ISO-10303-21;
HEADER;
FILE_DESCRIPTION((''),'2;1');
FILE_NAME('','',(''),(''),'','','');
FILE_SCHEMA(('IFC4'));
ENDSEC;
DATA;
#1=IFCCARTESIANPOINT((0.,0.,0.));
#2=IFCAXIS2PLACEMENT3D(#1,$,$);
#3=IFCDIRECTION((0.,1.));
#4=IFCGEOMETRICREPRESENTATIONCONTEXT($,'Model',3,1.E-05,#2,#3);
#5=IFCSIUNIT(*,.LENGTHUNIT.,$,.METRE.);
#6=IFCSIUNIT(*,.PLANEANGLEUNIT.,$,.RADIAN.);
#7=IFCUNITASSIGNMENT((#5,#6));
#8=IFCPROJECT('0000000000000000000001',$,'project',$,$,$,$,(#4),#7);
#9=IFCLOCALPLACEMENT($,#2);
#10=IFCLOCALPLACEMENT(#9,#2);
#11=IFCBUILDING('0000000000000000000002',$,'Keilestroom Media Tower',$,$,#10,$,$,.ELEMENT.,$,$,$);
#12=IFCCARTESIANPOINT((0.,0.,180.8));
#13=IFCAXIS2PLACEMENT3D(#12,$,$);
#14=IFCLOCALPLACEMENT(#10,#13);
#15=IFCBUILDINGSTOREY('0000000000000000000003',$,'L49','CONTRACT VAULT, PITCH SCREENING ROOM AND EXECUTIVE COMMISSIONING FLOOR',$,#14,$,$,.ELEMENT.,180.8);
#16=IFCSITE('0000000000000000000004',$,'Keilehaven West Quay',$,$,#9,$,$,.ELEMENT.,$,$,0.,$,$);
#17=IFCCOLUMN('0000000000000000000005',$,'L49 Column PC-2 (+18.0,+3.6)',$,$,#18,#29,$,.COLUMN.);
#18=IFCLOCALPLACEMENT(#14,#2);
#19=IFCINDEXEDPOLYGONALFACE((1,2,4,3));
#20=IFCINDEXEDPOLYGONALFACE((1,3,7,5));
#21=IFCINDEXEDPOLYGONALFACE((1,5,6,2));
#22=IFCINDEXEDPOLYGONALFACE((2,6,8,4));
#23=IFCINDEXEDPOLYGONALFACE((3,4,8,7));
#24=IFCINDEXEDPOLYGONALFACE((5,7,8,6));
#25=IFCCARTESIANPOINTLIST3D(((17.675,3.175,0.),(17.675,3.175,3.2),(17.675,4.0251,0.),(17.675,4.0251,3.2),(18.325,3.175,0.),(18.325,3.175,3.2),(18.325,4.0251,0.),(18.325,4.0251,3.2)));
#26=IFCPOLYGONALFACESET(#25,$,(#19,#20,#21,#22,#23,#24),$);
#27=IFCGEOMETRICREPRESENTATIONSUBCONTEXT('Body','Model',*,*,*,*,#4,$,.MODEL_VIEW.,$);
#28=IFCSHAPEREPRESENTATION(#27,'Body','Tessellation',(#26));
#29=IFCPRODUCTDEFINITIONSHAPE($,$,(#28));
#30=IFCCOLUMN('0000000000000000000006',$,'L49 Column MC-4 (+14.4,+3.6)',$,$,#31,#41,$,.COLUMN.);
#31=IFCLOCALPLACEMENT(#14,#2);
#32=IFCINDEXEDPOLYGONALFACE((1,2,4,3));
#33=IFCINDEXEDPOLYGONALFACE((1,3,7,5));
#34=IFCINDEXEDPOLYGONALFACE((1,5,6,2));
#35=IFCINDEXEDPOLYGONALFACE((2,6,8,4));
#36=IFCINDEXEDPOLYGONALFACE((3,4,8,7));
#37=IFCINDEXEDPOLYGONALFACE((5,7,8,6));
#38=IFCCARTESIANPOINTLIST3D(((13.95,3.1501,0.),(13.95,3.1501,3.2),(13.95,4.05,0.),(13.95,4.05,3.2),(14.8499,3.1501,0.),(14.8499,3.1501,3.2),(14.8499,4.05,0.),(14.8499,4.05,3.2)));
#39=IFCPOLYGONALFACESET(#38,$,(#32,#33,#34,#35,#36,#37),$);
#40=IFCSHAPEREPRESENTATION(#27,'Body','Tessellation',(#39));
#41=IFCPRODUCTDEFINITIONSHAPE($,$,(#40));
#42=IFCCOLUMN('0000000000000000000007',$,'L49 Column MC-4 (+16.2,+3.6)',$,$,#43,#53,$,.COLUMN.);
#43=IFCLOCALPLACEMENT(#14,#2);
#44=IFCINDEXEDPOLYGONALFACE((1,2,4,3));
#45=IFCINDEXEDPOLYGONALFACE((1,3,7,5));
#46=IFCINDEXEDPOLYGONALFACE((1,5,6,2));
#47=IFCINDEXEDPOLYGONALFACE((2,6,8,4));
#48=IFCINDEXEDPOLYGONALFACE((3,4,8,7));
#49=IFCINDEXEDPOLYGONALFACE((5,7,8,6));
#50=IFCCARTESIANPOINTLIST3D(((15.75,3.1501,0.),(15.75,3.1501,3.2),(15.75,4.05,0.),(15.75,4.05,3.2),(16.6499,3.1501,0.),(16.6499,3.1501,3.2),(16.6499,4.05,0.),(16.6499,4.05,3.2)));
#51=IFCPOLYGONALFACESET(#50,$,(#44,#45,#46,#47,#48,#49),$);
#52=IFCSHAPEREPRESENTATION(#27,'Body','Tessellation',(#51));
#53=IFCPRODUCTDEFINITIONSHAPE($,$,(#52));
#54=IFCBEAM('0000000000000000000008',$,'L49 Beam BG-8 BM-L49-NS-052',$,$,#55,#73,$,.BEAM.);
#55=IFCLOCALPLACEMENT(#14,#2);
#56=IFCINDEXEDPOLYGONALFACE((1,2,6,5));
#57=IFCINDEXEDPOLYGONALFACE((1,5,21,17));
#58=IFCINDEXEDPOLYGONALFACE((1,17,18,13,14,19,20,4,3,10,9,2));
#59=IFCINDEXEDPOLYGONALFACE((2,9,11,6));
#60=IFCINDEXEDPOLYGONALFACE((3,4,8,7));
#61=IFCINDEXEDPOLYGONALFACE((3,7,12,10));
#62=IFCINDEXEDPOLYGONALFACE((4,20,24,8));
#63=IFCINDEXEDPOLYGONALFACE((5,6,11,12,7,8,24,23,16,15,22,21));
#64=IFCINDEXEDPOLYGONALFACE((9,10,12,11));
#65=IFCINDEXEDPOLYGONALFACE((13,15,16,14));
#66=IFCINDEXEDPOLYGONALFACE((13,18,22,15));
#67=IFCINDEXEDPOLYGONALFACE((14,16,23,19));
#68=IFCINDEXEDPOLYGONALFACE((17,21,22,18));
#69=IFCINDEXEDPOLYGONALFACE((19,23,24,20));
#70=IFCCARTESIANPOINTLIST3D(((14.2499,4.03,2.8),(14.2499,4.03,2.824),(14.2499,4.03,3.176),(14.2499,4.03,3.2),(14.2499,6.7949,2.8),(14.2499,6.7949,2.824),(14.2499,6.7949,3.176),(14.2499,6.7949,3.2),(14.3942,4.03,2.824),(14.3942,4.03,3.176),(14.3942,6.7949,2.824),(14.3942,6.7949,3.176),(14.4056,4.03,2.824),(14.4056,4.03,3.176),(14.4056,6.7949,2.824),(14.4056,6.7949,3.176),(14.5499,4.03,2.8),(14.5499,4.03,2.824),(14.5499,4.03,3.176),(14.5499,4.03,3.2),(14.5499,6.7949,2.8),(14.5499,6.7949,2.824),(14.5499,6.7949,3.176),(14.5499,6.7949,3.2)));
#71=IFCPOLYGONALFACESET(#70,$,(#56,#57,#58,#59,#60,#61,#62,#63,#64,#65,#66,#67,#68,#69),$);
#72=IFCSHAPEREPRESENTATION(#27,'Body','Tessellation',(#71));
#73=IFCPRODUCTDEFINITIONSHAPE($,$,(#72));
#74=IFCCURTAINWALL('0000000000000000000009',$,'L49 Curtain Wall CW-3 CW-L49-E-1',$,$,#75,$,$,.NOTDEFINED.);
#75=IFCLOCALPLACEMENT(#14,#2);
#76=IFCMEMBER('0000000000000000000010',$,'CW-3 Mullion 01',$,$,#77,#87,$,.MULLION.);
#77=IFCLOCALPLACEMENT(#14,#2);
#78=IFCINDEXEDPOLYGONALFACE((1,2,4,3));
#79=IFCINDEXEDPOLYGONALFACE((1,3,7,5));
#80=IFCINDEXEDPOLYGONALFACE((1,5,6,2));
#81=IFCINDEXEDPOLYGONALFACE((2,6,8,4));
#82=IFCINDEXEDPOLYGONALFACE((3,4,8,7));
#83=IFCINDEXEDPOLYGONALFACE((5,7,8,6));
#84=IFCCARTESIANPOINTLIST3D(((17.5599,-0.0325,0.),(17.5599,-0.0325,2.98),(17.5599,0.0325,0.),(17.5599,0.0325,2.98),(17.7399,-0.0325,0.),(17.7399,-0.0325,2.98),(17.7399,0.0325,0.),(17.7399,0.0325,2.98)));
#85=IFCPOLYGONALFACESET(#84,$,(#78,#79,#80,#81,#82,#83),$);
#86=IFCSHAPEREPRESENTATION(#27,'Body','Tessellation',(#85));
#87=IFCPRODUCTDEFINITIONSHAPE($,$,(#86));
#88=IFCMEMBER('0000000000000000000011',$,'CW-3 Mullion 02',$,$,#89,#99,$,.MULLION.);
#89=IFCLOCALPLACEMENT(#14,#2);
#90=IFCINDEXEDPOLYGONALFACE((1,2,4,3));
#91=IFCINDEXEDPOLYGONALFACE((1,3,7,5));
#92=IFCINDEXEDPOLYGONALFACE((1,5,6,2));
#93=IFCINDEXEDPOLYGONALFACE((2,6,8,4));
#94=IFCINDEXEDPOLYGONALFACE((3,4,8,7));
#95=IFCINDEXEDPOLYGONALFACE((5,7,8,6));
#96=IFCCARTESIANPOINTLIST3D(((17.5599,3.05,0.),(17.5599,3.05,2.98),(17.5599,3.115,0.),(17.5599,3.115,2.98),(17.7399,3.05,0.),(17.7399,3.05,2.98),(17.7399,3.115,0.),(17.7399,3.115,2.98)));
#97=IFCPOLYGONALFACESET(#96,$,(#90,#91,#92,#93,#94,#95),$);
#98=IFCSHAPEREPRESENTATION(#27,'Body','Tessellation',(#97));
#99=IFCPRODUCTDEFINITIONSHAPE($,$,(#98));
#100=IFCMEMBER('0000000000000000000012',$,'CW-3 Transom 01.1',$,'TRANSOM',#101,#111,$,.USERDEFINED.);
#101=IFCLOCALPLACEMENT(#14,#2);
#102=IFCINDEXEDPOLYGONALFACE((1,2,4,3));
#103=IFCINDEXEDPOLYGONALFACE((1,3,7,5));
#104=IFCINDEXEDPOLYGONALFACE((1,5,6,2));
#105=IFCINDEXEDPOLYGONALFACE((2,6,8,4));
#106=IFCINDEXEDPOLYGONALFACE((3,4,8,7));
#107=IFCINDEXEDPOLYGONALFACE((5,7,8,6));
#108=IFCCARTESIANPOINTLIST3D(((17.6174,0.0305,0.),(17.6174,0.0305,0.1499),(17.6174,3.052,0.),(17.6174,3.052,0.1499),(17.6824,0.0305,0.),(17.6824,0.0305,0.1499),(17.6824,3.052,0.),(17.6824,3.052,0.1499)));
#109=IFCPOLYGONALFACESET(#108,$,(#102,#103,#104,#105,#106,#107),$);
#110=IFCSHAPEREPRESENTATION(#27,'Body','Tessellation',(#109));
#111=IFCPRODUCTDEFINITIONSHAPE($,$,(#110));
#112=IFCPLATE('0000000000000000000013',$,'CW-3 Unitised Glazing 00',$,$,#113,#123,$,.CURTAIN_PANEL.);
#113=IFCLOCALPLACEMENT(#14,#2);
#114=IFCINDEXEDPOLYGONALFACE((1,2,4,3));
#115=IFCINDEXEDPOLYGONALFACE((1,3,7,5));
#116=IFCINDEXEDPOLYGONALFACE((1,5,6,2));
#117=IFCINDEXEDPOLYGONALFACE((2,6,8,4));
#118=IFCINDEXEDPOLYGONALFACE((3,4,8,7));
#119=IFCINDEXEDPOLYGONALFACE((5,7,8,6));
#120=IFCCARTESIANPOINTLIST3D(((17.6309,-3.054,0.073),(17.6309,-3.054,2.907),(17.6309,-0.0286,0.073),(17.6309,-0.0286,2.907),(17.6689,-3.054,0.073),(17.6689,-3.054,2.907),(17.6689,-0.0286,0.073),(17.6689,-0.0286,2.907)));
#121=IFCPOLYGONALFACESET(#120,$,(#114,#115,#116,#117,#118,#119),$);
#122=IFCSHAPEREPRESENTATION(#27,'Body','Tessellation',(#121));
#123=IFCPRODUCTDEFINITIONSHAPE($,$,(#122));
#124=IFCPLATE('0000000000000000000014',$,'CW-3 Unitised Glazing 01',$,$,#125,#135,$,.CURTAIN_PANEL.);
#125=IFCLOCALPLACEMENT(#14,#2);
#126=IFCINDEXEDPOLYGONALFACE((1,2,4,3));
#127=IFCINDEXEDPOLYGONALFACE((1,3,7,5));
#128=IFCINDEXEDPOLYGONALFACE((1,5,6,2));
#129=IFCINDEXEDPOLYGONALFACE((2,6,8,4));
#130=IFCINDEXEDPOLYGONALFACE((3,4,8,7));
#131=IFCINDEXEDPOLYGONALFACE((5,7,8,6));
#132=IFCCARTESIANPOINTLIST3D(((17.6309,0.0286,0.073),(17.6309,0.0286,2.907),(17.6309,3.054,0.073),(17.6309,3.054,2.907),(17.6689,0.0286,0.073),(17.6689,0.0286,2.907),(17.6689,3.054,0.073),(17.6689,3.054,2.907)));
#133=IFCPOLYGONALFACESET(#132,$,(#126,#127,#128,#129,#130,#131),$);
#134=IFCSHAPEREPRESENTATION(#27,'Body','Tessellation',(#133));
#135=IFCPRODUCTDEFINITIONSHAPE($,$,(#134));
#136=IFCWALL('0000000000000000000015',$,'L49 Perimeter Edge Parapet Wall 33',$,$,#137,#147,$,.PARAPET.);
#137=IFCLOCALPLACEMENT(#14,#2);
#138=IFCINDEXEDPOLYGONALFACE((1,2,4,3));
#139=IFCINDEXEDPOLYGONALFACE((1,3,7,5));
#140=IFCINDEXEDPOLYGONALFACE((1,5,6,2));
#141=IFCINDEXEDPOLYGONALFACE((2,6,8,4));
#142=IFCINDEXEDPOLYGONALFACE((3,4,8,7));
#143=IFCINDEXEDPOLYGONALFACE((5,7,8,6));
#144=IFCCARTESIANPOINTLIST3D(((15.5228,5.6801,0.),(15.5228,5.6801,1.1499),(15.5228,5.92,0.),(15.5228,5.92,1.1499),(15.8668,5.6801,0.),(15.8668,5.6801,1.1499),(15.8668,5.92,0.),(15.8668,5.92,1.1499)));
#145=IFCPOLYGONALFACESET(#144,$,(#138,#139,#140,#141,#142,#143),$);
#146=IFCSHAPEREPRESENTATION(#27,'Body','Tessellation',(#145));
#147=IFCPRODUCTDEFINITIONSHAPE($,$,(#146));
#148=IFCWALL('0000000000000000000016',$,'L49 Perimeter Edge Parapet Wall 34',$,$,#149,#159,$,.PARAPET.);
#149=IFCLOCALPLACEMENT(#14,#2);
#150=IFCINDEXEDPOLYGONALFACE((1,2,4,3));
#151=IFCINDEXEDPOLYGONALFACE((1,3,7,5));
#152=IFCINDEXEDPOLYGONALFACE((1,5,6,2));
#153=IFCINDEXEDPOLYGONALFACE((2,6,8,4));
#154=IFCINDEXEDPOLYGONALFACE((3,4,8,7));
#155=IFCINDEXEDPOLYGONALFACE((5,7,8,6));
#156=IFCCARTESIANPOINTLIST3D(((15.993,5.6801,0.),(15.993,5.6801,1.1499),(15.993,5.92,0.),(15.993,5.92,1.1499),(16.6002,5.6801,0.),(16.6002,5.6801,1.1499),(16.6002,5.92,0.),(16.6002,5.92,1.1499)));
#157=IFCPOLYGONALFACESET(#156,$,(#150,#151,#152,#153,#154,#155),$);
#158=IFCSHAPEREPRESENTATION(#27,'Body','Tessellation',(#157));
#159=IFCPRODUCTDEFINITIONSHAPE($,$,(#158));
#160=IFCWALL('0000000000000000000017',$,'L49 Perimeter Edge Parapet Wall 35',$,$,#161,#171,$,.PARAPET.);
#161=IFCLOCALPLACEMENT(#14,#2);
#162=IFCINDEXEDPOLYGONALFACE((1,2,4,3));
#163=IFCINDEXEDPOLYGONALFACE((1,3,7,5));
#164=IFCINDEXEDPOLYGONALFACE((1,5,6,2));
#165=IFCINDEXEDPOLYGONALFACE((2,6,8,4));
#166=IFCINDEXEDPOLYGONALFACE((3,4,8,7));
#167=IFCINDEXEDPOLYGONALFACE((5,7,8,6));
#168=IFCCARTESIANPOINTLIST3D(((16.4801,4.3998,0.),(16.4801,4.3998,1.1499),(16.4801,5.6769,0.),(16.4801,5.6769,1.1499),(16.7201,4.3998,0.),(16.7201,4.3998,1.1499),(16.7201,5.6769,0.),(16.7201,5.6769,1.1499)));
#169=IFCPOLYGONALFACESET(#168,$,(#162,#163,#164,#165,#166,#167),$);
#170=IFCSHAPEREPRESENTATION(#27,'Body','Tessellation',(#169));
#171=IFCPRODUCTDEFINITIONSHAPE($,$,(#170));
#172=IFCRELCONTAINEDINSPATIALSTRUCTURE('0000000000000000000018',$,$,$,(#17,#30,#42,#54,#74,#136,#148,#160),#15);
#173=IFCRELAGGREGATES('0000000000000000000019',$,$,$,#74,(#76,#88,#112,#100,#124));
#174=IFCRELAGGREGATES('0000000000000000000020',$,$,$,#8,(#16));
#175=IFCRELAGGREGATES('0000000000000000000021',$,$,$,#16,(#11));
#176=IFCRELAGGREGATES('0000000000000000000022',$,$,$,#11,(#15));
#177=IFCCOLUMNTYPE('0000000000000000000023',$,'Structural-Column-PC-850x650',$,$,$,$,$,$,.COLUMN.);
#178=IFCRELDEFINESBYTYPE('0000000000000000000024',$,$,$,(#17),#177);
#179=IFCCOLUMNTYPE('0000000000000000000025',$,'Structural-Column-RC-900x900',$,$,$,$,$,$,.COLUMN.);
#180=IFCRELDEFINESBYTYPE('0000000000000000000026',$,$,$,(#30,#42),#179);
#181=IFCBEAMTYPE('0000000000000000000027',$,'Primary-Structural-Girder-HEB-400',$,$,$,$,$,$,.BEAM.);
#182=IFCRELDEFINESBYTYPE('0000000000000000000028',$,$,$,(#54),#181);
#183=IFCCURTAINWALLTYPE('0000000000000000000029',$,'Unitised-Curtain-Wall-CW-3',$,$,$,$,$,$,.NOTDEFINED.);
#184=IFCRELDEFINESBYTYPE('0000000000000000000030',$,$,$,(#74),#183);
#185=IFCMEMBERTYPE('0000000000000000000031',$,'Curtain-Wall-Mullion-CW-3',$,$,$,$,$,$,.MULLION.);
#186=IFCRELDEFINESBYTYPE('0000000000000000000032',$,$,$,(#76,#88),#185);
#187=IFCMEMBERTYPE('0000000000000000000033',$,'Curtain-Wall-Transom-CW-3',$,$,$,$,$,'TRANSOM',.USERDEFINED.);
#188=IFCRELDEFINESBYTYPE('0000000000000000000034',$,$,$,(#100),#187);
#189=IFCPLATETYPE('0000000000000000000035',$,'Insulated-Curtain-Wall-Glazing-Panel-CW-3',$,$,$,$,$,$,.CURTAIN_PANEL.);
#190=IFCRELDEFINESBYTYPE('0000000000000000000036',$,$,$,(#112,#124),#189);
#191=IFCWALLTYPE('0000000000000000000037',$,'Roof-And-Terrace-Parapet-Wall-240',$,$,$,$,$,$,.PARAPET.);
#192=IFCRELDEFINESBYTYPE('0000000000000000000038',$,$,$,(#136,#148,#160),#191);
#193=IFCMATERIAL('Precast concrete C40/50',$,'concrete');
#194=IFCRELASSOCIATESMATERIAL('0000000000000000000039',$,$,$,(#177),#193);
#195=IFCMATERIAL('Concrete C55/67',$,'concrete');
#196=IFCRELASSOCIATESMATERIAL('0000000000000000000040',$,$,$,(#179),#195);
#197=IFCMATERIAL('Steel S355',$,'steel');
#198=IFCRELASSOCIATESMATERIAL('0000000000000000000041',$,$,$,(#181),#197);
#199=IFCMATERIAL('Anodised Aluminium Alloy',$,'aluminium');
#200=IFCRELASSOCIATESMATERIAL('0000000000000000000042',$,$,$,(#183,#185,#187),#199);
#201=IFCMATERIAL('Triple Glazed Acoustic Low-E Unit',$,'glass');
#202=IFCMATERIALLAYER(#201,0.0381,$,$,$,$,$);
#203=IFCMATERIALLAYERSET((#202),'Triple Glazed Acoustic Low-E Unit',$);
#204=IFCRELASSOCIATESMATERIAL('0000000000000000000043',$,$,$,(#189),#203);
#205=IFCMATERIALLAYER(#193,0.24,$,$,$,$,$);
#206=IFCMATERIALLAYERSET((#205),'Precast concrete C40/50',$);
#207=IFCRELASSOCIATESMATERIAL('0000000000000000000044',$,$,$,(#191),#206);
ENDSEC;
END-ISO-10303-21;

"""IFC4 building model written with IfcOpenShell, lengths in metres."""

from ifc_helpers import new_model, si_unit, direction, frame, frame_2d, origin, origin_2d, place, context, subcontext, project, spatial, rectangle, i_section, extrude, source, transform, mapped, material, layer, layer_set, material_profile, profile_set, type_object, element, aggregate, save


model = new_model("IFC4")

# Units and contexts
model_context = context("Model", 3, precision=1e-05, world=origin(), true_north=direction((0.0, 1.0)))
body_context = subcontext(model_context, "Body", "Model", "MODEL_VIEW")
ifc_project = project(units=[si_unit("LENGTHUNIT", "METRE"), si_unit("PLANEANGLEUNIT", "RADIAN")], contexts=[model_context])

# Site, building, storey
site_placement = place(None, origin())
site = spatial("IfcSite", under=ifc_project, at=site_placement, Name="Keilehaven West Quay", CompositionType="ELEMENT", RefElevation=0.0)
building_placement = place(site_placement, origin())
building = spatial("IfcBuilding", under=site, at=building_placement, Name="Keilestroom Media Tower", CompositionType="ELEMENT")
storey_placement = place(building_placement, frame((0.0, 0.0, 180.8)))
storey = spatial("IfcBuildingStorey", under=building, at=storey_placement, Name="L49", Description="CONTRACT VAULT, PITCH SCREENING ROOM AND EXECUTIVE COMMISSIONING FLOOR", CompositionType="ELEMENT", Elevation=180.8)

# Columns
ifc_material_1 = material(Name="Precast concrete C40/50", Category="concrete")
ifc_material_profile_1 = material_profile(ifc_material_1, rectangle(XDim=0.6499, YDim=0.8501, at=origin_2d()), Name="PC 850x650")
ifc_profile_set_1 = profile_set([ifc_material_profile_1], Name="Precast concrete C40/50")
column_type_1 = type_object("IfcColumnType", Name="Structural-Column-PC-850x650", PredefinedType="COLUMN", material=ifc_profile_set_1)
shared_shape_1 = source(origin(), body_context, "Body", "SweptSolid", [
    extrude(rectangle(XDim=0.6499, YDim=0.8501, at=origin_2d()), origin(), (0.0, 0.0, 1.0), 3.2),
])
column_placement = place(storey_placement, frame((18.0, 3.6001, 0.0), z_axis=(0.0, 0.0, 1.0), x_axis=(1.0, 0.0, 0.0)))
element("IfcColumn", 1, at=column_placement, inside=storey, type_object=column_type_1, Name="L49 Column PC-2 (+18.0,+3.6)", PredefinedType="COLUMN", context=body_context, shape_type="MappedRepresentation", body=[
    mapped(shared_shape_1, transform((0.0, 0.0, 0.0), x_axis=(1.0, 0.0, 0.0), y_axis=(0.0, 1.0, 0.0), z_axis=(0.0, 0.0, 1.0), scale=1.0)),
])
ifc_material_2 = material(Name="Concrete C55/67", Category="concrete")
ifc_material_profile_2 = material_profile(ifc_material_2, rectangle(XDim=0.8999, YDim=0.8999, at=origin_2d()), Name="RC 900x900")
ifc_profile_set_2 = profile_set([ifc_material_profile_2], Name="Concrete C55/67")
column_type_2 = type_object("IfcColumnType", Name="Structural-Column-RC-900x900", PredefinedType="COLUMN", material=ifc_profile_set_2)
shared_shape_2 = source(origin(), body_context, "Body", "SweptSolid", [
    extrude(rectangle(XDim=0.8999, YDim=0.8999, at=origin_2d()), origin(), (0.0, 0.0, 1.0), 3.2),
])
for number, where, z_axis, x_axis, name in (
    (2, (14.3999, 3.6001, 0.0), (0.0, 0.0, 1.0), (1.0, 0.0, 0.0), "L49 Column MC-4 (+14.4,+3.6)"),
    (3, (16.2, 3.6001, 0.0), (0.0, 0.0, 1.0), (1.0, 0.0, 0.0), "L49 Column MC-4 (+16.2,+3.6)"),
):
    element("IfcColumn", number, at=place(storey_placement, frame(where, z_axis=z_axis, x_axis=x_axis)), inside=storey, type_object=column_type_2, Name=name, PredefinedType="COLUMN", context=body_context, shape_type="MappedRepresentation", body=[
        mapped(shared_shape_2, transform((0.0, 0.0, 0.0), x_axis=(1.0, 0.0, 0.0), y_axis=(0.0, 1.0, 0.0), z_axis=(0.0, 0.0, 1.0), scale=1.0)),
    ])

# Beam
ifc_material_3 = material(Name="Steel S355", Category="steel")
ifc_material_profile_3 = material_profile(ifc_material_3, i_section(OverallWidth=0.3, OverallDepth=0.3999, WebThickness=0.0115, FlangeThickness=0.0239, at=origin_2d()), Name="HEB 400")
ifc_profile_set_3 = profile_set([ifc_material_profile_3], Name="Steel S355")
beam_type = type_object("IfcBeamType", Name="Primary-Structural-Girder-HEB-400", PredefinedType="BEAM", material=ifc_profile_set_3)
shared_shape_3 = source(origin(), body_context, "Body", "SweptSolid", [
    extrude(i_section(OverallWidth=0.3, OverallDepth=0.3999, WebThickness=0.0115, FlangeThickness=0.0239, at=origin_2d()), origin(), (0.0, 0.0, 1.0), 2.7649),
])
beam_placement = place(storey_placement, frame((14.3999, 4.03, 3.0), z_axis=(0.0, 1.0, 0.0), x_axis=(-1.0, 0.0, 0.0)))
element("IfcBeam", 4, at=beam_placement, inside=storey, type_object=beam_type, Name="L49 Beam BG-8 BM-L49-NS-052", PredefinedType="BEAM", context=body_context, shape_type="MappedRepresentation", body=[
    mapped(shared_shape_3, transform((0.0, 0.0, 0.0), x_axis=(1.0, 0.0, 0.0), y_axis=(0.0, 1.0, 0.0), z_axis=(0.0, 0.0, 1.0), scale=1.0)),
])

# Curtain wall, members, plates
ifc_material_4 = material(Name="Anodised Aluminium Alloy", Category="aluminium")
curtain_wall_type = type_object("IfcCurtainWallType", Name="Unitised-Curtain-Wall-CW-3", PredefinedType="NOTDEFINED", material=ifc_material_4)
curtain_wall_placement = place(storey_placement, origin())
curtain_wall = element("IfcCurtainWall", 5, at=curtain_wall_placement, inside=storey, type_object=curtain_wall_type, Name="L49 Curtain Wall CW-3 CW-L49-E-1", PredefinedType="NOTDEFINED")
ifc_material_profile_4 = material_profile(ifc_material_4, rectangle(XDim=0.0649, YDim=0.1799, at=origin_2d()), Name="ALU MULLION 65x180")
ifc_profile_set_4 = profile_set([ifc_material_profile_4], Name="Anodised Aluminium Alloy")
member_type_1 = type_object("IfcMemberType", Name="Curtain-Wall-Mullion-CW-3", PredefinedType="MULLION", material=ifc_profile_set_4)
shared_shape_4 = source(origin(), body_context, "Body", "SweptSolid", [
    extrude(rectangle(XDim=0.0649, YDim=0.1799, at=origin_2d()), origin(), (0.0, 0.0, 1.0), 2.98),
])
member_1_placement = place(storey_placement, frame((17.6499, 0.0, 0.0), z_axis=(0.0, 0.0, 1.0), x_axis=(0.0, 1.0, 0.0)))
member_1 = element("IfcMember", 6, at=member_1_placement, type_object=member_type_1, Name="CW-3 Mullion 01", PredefinedType="MULLION", context=body_context, shape_type="MappedRepresentation", body=[
    mapped(shared_shape_4, transform((0.0, 0.0, 0.0), x_axis=(1.0, 0.0, 0.0), y_axis=(0.0, 1.0, 0.0), z_axis=(0.0, 0.0, 1.0), scale=1.0)),
])
member_2_placement = place(storey_placement, frame((17.6499, 3.0825, 0.0), z_axis=(0.0, 0.0, 1.0), x_axis=(0.0, 1.0, 0.0)))
member_2 = element("IfcMember", 7, at=member_2_placement, type_object=member_type_1, Name="CW-3 Mullion 02", PredefinedType="MULLION", context=body_context, shape_type="MappedRepresentation", body=[
    mapped(shared_shape_4, transform((0.0, 0.0, 0.0), x_axis=(1.0, 0.0, 0.0), y_axis=(0.0, 1.0, 0.0), z_axis=(0.0, 0.0, 1.0), scale=1.0)),
])
ifc_material_profile_5 = material_profile(ifc_material_4, rectangle(XDim=0.0649, YDim=0.1499, at=origin_2d()), Name="ALU TRANSOM 65x150")
ifc_profile_set_5 = profile_set([ifc_material_profile_5], Name="Anodised Aluminium Alloy")
member_type_2 = type_object("IfcMemberType", Name="Curtain-Wall-Transom-CW-3", ElementType="TRANSOM", PredefinedType="USERDEFINED", material=ifc_profile_set_5)
shared_shape_5 = source(origin(), body_context, "Body", "SweptSolid", [
    extrude(rectangle(XDim=0.0649, YDim=0.1499, at=origin_2d()), origin(), (0.0, 0.0, 1.0), 3.0215),
])
member_3_placement = place(storey_placement, frame((17.6499, 0.0305, 0.075), z_axis=(0.0, 1.0, 0.0), x_axis=(-1.0, 0.0, 0.0)))
member_3 = element("IfcMember", 8, at=member_3_placement, type_object=member_type_2, Name="CW-3 Transom 01.1", ObjectType="TRANSOM", PredefinedType="USERDEFINED", context=body_context, shape_type="MappedRepresentation", body=[
    mapped(shared_shape_5, transform((0.0, 0.0, 0.0), x_axis=(1.0, 0.0, 0.0), y_axis=(0.0, 1.0, 0.0), z_axis=(0.0, 0.0, 1.0), scale=1.0)),
])
ifc_material_5 = material(Name="Triple Glazed Acoustic Low-E Unit", Category="glass")
ifc_layer_1 = layer(ifc_material_5, 0.0381)
ifc_layer_set_1 = layer_set([ifc_layer_1], Name="Triple Glazed Acoustic Low-E Unit")
plate_type = type_object("IfcPlateType", Name="Insulated-Curtain-Wall-Glazing-Panel-CW-3", PredefinedType="CURTAIN_PANEL", material=ifc_layer_set_1)
shared_shape_6 = source(origin(), body_context, "Body", "SweptSolid", [
    extrude(rectangle(XDim=3.0254, YDim=0.0381, at=origin_2d()), origin(), (0.0, 0.0, 1.0), 2.834),
])
plate_1_placement = place(storey_placement, frame((17.6499, -1.5413, 0.073), z_axis=(0.0, 0.0, 1.0), x_axis=(0.0, 1.0, 0.0)))
plate_1 = element("IfcPlate", 9, at=plate_1_placement, type_object=plate_type, Name="CW-3 Unitised Glazing 00", PredefinedType="CURTAIN_PANEL", context=body_context, shape_type="MappedRepresentation", body=[
    mapped(shared_shape_6, transform((0.0, 0.0, 0.0), x_axis=(1.0, 0.0, 0.0), y_axis=(0.0, 1.0, 0.0), z_axis=(0.0, 0.0, 1.0), scale=1.0)),
])
plate_2_placement = place(storey_placement, frame((17.6499, 1.5413, 0.073), z_axis=(0.0, 0.0, 1.0), x_axis=(0.0, 1.0, 0.0)))
plate_2 = element("IfcPlate", 10, at=plate_2_placement, type_object=plate_type, Name="CW-3 Unitised Glazing 01", PredefinedType="CURTAIN_PANEL", context=body_context, shape_type="MappedRepresentation", body=[
    mapped(shared_shape_6, transform((0.0, 0.0, 0.0), x_axis=(1.0, 0.0, 0.0), y_axis=(0.0, 1.0, 0.0), z_axis=(0.0, 0.0, 1.0), scale=1.0)),
])
aggregate(curtain_wall, [member_1, member_2, plate_1, member_3, plate_2])

# Walls
ifc_layer_2 = layer(ifc_material_1, 0.24)
ifc_layer_set_2 = layer_set([ifc_layer_2], Name="Precast concrete C40/50")
wall_type = type_object("IfcWallType", Name="Roof-And-Terrace-Parapet-Wall-240", PredefinedType="PARAPET", material=ifc_layer_set_2)
wall_1_placement = place(storey_placement, frame((15.5229, 5.8, 0.0), z_axis=(0.0, 0.0, 1.0), x_axis=(1.0, 0.0, 0.0)))
element("IfcWall", 11, at=wall_1_placement, inside=storey, type_object=wall_type, Name="L49 Perimeter Edge Parapet Wall 33", PredefinedType="PARAPET", context=body_context, shape_type="SweptSolid", body=[
    extrude(rectangle(XDim=0.344, YDim=0.24, at=frame_2d((0.1719, 0.0))), origin(), (0.0, 0.0, 1.0), 1.1499),
])
wall_2_placement = place(storey_placement, frame((15.9929, 5.8, 0.0), z_axis=(0.0, 0.0, 1.0), x_axis=(1.0, 0.0, 0.0)))
element("IfcWall", 12, at=wall_2_placement, inside=storey, type_object=wall_type, Name="L49 Perimeter Edge Parapet Wall 34", PredefinedType="PARAPET", context=body_context, shape_type="SweptSolid", body=[
    extrude(rectangle(XDim=0.6072, YDim=0.24, at=frame_2d((0.3037, 0.0))), origin(), (0.0, 0.0, 1.0), 1.1499),
])
wall_3_placement = place(storey_placement, frame((16.6001, 5.677, 0.0), z_axis=(0.0, 0.0, 1.0), x_axis=(0.0, -1.0, 0.0)))
element("IfcWall", 13, at=wall_3_placement, inside=storey, type_object=wall_type, Name="L49 Perimeter Edge Parapet Wall 35", PredefinedType="PARAPET", context=body_context, shape_type="SweptSolid", body=[
    extrude(rectangle(XDim=1.2771, YDim=0.24, at=frame_2d((0.6387, 0.0))), origin(), (0.0, 0.0, 1.0), 1.1499),
])

save(model, "model.ifc")
